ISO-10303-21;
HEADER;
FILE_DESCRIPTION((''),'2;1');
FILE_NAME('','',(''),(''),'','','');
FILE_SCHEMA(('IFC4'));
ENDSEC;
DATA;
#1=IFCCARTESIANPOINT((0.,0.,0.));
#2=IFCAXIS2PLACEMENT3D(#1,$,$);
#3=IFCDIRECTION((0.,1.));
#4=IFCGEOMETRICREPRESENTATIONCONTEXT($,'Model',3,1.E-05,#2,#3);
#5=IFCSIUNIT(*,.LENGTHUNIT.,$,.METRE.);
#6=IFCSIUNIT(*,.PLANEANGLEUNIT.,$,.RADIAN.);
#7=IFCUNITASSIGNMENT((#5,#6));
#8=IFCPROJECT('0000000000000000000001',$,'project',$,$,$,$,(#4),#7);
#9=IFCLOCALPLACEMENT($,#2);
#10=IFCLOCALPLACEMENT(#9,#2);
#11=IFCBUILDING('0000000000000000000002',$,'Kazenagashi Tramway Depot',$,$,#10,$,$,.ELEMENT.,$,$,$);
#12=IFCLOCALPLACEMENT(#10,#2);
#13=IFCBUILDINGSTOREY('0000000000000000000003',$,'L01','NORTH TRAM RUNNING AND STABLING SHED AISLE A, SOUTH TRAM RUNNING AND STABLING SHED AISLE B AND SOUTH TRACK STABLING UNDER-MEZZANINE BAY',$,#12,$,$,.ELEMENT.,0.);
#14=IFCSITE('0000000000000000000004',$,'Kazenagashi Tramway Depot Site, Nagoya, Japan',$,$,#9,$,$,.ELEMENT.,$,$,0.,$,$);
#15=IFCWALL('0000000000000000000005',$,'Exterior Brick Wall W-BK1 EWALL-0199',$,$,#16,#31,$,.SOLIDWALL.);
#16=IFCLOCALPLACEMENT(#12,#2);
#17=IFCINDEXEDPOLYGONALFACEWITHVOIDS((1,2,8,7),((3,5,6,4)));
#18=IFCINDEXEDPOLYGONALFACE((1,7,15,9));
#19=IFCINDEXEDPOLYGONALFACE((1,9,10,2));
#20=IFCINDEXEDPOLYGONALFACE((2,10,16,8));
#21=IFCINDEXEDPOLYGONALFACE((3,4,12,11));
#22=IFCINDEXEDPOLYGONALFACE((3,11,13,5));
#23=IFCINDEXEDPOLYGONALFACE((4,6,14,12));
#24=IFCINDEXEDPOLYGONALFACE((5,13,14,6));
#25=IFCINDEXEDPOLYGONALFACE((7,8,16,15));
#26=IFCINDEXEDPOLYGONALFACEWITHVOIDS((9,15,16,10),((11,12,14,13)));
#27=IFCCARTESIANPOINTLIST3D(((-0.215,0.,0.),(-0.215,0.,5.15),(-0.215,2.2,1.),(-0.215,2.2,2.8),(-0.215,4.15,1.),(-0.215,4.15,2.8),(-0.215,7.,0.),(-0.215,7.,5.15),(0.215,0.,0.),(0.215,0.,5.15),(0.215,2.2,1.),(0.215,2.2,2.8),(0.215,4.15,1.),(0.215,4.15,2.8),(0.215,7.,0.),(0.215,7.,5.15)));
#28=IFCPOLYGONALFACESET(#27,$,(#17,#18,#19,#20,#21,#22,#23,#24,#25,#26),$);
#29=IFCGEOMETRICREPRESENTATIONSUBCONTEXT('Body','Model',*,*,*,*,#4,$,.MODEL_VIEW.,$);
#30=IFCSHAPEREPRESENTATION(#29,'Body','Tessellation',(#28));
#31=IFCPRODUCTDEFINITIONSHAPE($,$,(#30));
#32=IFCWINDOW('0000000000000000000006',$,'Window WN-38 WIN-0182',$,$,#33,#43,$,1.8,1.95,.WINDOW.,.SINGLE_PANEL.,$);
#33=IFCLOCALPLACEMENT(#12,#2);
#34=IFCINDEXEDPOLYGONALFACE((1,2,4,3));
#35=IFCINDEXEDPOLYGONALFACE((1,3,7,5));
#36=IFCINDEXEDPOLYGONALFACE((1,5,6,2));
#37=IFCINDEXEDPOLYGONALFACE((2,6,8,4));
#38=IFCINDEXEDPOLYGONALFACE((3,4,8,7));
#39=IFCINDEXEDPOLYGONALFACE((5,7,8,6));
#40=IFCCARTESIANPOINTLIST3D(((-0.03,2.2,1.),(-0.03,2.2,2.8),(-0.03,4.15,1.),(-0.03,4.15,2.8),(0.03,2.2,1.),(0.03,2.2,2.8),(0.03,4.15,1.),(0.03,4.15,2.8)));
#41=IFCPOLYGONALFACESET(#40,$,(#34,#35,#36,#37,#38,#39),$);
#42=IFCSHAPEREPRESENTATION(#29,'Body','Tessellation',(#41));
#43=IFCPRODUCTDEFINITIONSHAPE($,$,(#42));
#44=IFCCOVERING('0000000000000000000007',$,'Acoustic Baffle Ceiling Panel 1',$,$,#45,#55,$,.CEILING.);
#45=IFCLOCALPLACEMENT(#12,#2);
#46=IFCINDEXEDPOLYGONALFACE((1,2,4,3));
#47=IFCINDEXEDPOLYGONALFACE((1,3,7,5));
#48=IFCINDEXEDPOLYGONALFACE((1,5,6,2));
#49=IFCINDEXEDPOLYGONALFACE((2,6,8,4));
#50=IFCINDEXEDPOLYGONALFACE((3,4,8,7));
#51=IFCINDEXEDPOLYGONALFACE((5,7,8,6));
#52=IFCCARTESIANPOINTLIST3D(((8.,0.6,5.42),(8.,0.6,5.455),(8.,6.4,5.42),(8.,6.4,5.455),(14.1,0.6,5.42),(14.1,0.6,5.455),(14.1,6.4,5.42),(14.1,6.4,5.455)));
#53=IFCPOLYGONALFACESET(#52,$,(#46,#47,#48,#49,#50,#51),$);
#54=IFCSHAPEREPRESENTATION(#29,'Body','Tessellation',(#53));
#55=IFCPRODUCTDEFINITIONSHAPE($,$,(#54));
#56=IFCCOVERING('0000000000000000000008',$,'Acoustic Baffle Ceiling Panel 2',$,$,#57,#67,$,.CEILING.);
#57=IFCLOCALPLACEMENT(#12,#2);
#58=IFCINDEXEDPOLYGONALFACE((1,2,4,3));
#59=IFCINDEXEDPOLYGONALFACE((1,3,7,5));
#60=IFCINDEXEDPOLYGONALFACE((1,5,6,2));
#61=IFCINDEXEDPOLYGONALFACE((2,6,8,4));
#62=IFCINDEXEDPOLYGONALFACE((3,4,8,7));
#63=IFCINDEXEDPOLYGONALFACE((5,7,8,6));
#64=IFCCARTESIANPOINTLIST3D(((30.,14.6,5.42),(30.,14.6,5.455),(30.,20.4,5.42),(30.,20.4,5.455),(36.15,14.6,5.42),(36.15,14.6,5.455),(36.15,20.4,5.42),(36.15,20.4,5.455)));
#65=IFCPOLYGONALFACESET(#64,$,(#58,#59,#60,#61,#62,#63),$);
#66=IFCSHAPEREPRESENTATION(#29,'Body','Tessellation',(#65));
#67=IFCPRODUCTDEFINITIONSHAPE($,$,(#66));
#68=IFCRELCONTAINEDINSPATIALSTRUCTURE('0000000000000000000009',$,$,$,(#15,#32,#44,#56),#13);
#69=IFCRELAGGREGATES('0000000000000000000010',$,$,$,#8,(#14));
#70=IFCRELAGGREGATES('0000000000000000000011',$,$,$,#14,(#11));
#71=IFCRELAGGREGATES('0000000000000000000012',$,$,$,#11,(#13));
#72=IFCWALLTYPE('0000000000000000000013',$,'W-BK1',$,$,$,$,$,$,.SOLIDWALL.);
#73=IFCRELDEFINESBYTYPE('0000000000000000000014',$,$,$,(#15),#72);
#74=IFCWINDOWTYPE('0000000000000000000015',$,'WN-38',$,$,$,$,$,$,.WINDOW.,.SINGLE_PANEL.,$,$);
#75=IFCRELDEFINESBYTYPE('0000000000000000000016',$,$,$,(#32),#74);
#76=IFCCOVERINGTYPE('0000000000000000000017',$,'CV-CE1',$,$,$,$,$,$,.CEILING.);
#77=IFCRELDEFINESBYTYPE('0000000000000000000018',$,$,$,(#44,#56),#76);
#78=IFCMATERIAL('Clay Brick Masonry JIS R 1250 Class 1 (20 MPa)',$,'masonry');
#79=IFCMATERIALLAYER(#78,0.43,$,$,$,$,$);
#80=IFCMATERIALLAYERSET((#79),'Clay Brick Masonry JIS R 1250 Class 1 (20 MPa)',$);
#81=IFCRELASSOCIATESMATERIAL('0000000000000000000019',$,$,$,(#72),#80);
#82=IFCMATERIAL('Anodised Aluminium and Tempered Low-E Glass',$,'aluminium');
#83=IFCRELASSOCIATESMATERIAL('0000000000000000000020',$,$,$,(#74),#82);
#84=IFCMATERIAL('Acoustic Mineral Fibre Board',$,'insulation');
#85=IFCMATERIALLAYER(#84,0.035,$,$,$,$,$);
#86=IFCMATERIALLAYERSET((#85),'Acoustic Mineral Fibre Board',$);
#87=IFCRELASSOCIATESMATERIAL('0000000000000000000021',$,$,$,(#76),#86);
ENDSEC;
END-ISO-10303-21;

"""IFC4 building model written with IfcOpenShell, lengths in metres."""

from ifc_helpers import new_model, si_unit, direction, frame, frame_2d, origin, place, context, subcontext, project, spatial, polyline, rectangle, outline, extrude, material, layer, layer_set, type_object, element, fill, save


model = new_model("IFC4")

# Units and contexts
model_context = context("Model", 3, precision=1e-05, world=origin(), true_north=direction((0.0, 1.0)))
body_context = subcontext(model_context, "Body", "Model", "MODEL_VIEW")
ifc_project = project(units=[si_unit("LENGTHUNIT", "METRE"), si_unit("PLANEANGLEUNIT", "RADIAN")], contexts=[model_context])

# Site, building, storey
site_placement = place(None, origin())
site = spatial("IfcSite", under=ifc_project, at=site_placement, Name="Kazenagashi Tramway Depot Site, Nagoya, Japan", CompositionType="ELEMENT", RefElevation=0.0)
building_placement = place(site_placement, origin())
building = spatial("IfcBuilding", under=site, at=building_placement, Name="Kazenagashi Tramway Depot", CompositionType="ELEMENT")
storey_placement = place(building_placement, origin())
storey = spatial("IfcBuildingStorey", under=building, at=storey_placement, Name="L01", Description="NORTH TRAM RUNNING AND STABLING SHED AISLE A, SOUTH TRAM RUNNING AND STABLING SHED AISLE B AND SOUTH TRACK STABLING UNDER-MEZZANINE BAY", CompositionType="ELEMENT", Elevation=0.0)

# Shared definitions
ifc_material_1 = material(Name="Clay Brick Masonry JIS R 1250 Class 1 (20 MPa)", Category="masonry")
ifc_layer_1 = layer(ifc_material_1, 0.43)
ifc_layer_set_1 = layer_set([ifc_layer_1], Name="Clay Brick Masonry JIS R 1250 Class 1 (20 MPa)")
wall_type = type_object("IfcWallType", Name="W-BK1", PredefinedType="SOLIDWALL", material=ifc_layer_set_1)

# Wall, opening, window
wall_1_placement = place(storey_placement, frame((0.0, 0.0, 0.0), z_axis=(0.0, 0.0, 1.0), x_axis=(0.0, 1.0, 0.0)))
wall_1 = element("IfcWall", 1, at=wall_1_placement, inside=storey, type_object=wall_type, Name="Exterior Brick Wall W-BK1 EWALL-0199", PredefinedType="SOLIDWALL", context=body_context, shape_type="SweptSolid", body=[
    extrude(rectangle(XDim=7.0, YDim=0.43, at=frame_2d((3.5, 0.0))), origin(), (0.0, 0.0, 1.0), 5.15),
])
opening_placement = place(wall_1_placement, frame((2.2, 0.0, 1.0)))
opening = element("IfcOpeningElement", 2, at=opening_placement, cuts=wall_1, PredefinedType="OPENING", context=body_context, shape_type="SweptSolid", body=[
    extrude(rectangle(XDim=1.95, YDim=1.8, at=frame_2d((0.975, 0.9))), frame((0.0, 0.225, 0.0), z_axis=(0.0, -1.0, 0.0), x_axis=(1.0, 0.0, 0.0)), (0.0, 0.0, 1.0), 0.45),
])
ifc_material_2 = material(Name="Anodised Aluminium and Tempered Low-E Glass", Category="aluminium")
window_type = type_object("IfcWindowType", Name="WN-38", PartitioningType="SINGLE_PANEL", PredefinedType="WINDOW", material=ifc_material_2)
window_placement = place(opening_placement, origin())
window = element("IfcWindow", 3, at=window_placement, inside=storey, type_object=window_type, Name="Window WN-38 WIN-0182", OverallHeight=1.8, OverallWidth=1.95, PartitioningType="SINGLE_PANEL", PredefinedType="WINDOW", context=body_context, shape_type="SweptSolid", body=[
    extrude(rectangle(XDim=1.95, YDim=1.8, at=frame_2d((0.975, 0.9))), frame((0.0, 0.03, 0.0), z_axis=(0.0, -1.0, 0.0), x_axis=(1.0, 0.0, 0.0)), (0.0, 0.0, 1.0), 0.06),
])
fill(opening, window)

# Coverings
ifc_material_3 = material(Name="Acoustic Mineral Fibre Board", Category="insulation")
ifc_layer_2 = layer(ifc_material_3, 0.035)
ifc_layer_set_2 = layer_set([ifc_layer_2], Name="Acoustic Mineral Fibre Board")
covering_type = type_object("IfcCoveringType", Name="CV-CE1", PredefinedType="CEILING", material=ifc_layer_set_2)
covering_1_placement = place(storey_placement, frame((0.0, 0.0, 5.42)))
element("IfcCovering", 4, at=covering_1_placement, inside=storey, type_object=covering_type, Name="Acoustic Baffle Ceiling Panel 1", PredefinedType="CEILING", context=body_context, shape_type="SweptSolid", body=[
    extrude(outline(polyline([(8.0, 0.6), (14.1, 0.6), (14.1, 6.4), (8.0, 6.4), (8.0, 0.6)])), origin(), (0.0, 0.0, 1.0), 0.035),
])
covering_2_placement = place(storey_placement, frame((0.0, 0.0, 5.42)))
element("IfcCovering", 5, at=covering_2_placement, inside=storey, type_object=covering_type, Name="Acoustic Baffle Ceiling Panel 2", PredefinedType="CEILING", context=body_context, shape_type="SweptSolid", body=[
    extrude(outline(polyline([(30.0, 14.6), (36.15, 14.6), (36.15, 20.4), (30.0, 20.4), (30.0, 14.6)])), origin(), (0.0, 0.0, 1.0), 0.035),
])

save(model, "model.ifc")
